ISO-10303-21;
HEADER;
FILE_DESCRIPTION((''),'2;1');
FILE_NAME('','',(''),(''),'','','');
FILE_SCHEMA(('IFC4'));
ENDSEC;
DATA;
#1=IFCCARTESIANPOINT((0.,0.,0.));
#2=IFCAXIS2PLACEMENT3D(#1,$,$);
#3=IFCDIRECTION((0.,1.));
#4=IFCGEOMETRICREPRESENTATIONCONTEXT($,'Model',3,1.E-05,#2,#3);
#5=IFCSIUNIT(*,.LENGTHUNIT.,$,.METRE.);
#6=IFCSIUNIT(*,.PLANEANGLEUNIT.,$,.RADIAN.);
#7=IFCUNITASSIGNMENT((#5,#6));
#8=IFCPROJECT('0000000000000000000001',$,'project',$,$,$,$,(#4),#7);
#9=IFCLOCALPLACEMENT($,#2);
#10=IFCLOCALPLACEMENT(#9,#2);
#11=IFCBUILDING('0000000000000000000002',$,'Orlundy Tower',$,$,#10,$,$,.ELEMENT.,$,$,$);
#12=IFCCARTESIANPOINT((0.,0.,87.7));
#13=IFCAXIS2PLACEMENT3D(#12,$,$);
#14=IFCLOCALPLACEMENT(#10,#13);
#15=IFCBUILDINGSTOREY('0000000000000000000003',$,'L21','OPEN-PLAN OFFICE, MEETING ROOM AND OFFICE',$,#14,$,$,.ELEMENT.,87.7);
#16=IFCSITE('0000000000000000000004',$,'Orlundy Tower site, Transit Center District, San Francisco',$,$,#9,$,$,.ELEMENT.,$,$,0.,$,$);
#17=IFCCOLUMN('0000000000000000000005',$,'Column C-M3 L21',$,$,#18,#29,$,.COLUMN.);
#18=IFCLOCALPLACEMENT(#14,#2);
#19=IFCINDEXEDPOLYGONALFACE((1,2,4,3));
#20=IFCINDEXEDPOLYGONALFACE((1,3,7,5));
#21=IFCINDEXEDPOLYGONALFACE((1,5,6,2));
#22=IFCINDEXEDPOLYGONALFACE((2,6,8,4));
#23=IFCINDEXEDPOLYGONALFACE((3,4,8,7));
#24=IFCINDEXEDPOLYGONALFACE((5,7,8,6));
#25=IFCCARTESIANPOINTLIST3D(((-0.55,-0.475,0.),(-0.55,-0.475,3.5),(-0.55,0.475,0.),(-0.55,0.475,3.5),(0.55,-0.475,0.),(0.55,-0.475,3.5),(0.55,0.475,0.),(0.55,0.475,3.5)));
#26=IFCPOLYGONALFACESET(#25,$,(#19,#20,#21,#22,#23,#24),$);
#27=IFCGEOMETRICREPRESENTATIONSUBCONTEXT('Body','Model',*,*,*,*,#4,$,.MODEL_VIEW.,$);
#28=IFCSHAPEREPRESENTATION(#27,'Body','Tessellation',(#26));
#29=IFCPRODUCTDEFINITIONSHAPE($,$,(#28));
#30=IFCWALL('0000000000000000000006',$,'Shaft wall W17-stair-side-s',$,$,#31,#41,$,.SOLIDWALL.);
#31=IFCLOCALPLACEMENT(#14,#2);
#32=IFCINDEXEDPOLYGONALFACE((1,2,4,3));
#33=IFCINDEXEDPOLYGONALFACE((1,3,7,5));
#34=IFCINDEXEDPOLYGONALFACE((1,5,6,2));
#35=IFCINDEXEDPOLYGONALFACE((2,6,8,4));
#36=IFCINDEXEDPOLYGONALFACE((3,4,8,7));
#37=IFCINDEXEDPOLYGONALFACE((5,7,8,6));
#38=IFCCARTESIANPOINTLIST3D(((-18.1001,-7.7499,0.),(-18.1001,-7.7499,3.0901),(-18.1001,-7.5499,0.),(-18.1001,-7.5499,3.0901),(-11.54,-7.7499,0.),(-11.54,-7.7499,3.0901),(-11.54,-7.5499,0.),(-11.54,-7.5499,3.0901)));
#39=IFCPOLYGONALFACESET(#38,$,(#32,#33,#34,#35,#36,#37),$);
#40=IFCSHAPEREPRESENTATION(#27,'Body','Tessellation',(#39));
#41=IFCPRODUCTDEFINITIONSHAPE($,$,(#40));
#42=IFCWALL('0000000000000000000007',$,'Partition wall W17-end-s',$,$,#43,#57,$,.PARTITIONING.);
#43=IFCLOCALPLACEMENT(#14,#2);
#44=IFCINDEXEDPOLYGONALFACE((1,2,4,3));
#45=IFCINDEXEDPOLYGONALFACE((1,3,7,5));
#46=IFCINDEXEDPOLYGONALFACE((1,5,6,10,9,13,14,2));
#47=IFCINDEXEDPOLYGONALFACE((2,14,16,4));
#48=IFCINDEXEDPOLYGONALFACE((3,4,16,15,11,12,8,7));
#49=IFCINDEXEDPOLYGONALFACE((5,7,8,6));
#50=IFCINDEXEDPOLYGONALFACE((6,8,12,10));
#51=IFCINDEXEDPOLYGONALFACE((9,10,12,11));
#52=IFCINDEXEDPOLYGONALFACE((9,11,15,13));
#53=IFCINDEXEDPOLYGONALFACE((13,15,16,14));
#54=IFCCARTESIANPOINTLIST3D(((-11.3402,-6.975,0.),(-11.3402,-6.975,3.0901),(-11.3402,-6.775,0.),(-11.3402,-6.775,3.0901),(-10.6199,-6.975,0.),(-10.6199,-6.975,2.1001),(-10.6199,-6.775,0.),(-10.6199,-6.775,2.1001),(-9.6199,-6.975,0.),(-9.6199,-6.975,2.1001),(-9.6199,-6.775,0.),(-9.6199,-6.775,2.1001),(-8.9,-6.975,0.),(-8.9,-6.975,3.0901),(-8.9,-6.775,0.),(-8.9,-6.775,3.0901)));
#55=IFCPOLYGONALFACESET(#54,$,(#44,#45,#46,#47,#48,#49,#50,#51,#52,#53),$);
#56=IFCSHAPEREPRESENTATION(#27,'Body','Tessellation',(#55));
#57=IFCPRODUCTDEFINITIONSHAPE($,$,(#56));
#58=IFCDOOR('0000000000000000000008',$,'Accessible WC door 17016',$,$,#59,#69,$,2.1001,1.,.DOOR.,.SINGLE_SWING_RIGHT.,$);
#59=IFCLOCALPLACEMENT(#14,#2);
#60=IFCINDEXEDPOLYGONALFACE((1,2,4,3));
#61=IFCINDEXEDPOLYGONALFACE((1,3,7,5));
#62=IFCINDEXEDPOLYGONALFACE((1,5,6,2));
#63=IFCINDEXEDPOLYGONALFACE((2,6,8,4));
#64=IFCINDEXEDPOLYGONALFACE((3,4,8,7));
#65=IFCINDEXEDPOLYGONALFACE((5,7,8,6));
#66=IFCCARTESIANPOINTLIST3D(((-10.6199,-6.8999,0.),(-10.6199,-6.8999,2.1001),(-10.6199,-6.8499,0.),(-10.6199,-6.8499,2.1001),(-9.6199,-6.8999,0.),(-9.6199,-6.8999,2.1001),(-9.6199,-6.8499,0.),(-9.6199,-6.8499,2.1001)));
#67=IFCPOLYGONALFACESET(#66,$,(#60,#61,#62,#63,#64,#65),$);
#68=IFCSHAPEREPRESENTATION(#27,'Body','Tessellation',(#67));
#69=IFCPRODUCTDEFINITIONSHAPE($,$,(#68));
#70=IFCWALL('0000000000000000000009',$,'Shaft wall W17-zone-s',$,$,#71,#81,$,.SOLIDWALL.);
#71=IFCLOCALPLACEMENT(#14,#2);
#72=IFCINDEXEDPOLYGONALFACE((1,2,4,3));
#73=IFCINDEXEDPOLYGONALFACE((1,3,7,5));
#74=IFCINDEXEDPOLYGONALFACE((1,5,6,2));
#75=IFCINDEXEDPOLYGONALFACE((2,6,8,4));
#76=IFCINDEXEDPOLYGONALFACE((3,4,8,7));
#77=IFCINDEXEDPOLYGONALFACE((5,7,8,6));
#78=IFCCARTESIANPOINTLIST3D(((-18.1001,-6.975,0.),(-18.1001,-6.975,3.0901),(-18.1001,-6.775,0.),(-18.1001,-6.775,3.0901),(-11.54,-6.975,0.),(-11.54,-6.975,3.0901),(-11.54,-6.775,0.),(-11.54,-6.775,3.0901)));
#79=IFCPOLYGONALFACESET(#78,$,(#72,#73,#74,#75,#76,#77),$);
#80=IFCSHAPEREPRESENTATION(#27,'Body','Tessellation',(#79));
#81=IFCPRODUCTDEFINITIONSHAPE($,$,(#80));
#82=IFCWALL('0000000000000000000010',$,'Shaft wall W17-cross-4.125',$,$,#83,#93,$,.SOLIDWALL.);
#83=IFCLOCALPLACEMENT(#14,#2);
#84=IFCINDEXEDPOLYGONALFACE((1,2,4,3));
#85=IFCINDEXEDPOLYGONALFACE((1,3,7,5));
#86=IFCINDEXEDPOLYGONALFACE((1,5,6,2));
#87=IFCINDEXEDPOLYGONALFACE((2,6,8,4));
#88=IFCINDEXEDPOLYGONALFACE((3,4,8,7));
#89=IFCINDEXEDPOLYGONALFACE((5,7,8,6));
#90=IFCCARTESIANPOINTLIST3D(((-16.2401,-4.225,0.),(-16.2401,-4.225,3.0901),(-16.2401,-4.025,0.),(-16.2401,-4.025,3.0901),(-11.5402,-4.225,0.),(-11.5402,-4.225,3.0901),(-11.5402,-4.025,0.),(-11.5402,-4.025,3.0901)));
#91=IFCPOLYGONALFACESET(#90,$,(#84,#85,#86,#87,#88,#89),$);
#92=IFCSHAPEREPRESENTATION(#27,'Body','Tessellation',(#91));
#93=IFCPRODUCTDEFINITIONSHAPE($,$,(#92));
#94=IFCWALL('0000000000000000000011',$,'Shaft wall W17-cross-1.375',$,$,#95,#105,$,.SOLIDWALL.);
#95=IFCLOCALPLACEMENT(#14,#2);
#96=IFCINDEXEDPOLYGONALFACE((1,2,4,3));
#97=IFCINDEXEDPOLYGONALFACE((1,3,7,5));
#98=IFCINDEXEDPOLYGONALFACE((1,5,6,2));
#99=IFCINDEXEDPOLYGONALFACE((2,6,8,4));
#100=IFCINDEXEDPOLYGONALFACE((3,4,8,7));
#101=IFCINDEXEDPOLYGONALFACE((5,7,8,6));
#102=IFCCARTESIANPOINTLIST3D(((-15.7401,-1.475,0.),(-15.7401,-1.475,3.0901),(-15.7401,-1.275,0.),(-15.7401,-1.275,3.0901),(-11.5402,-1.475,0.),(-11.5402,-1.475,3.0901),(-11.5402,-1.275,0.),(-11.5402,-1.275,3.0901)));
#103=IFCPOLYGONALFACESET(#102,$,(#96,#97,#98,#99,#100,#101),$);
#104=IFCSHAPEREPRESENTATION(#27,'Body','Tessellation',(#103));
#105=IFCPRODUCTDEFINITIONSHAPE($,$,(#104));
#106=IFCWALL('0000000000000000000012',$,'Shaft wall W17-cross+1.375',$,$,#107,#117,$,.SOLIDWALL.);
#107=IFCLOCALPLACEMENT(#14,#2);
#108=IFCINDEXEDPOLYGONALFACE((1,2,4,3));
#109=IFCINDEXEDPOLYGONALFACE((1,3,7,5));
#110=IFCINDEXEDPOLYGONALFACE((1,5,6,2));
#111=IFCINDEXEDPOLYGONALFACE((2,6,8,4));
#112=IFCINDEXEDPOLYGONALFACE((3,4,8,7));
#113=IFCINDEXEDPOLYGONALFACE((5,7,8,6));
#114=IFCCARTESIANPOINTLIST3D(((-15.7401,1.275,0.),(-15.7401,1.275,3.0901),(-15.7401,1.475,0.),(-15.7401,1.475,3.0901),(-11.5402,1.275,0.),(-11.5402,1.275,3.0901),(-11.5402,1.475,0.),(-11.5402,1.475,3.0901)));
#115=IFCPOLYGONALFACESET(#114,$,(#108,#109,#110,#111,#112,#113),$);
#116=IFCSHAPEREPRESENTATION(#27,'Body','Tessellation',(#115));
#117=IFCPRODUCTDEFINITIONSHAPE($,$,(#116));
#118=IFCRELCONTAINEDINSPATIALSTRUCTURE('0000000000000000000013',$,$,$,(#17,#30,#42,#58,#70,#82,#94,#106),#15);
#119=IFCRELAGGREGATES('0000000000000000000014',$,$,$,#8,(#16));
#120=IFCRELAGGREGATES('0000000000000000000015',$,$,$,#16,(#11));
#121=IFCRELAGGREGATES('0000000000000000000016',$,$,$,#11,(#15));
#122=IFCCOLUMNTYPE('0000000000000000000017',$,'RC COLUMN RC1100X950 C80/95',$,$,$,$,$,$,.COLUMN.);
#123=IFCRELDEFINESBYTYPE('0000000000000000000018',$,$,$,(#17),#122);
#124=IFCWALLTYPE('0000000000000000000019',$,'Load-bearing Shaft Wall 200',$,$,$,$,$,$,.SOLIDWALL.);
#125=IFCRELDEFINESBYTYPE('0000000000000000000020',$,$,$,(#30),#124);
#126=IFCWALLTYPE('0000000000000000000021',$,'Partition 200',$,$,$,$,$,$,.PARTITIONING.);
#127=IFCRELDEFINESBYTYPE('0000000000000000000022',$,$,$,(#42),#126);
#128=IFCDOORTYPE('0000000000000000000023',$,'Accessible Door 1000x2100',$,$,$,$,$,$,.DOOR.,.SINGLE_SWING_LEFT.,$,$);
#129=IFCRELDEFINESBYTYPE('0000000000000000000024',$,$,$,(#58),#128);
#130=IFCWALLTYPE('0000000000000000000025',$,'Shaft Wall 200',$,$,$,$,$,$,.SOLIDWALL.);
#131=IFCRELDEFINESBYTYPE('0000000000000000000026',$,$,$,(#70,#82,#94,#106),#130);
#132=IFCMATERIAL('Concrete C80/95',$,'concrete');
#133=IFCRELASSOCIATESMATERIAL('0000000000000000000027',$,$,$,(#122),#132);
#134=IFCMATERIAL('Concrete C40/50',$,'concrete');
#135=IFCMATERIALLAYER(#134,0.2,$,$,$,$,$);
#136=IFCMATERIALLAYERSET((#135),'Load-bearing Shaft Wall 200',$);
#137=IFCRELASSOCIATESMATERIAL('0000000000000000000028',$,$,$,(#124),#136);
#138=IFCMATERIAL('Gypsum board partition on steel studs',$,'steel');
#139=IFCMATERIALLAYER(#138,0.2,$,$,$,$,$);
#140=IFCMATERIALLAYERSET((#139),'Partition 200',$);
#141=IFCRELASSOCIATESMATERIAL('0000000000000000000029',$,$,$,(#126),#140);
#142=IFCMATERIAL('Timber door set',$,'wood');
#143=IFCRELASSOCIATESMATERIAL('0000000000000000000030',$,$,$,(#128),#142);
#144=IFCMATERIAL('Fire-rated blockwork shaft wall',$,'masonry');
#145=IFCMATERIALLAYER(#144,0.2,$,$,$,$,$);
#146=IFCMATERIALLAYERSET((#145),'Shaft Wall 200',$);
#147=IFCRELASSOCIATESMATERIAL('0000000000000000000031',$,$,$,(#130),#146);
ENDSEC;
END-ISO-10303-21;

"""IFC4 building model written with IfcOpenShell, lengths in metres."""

from ifc_helpers import new_model, si_unit, direction, frame, frame_2d, origin, origin_with_axes, origin_2d, place, context, subcontext, project, spatial, rectangle, extrude, material, layer, layer_set, material_profile, profile_set, type_object, element, fill, save


model = new_model("IFC4")

# Units and contexts
model_context = context("Model", 3, precision=1e-05, world=origin(), true_north=direction((0.0, 1.0)))
body_context = subcontext(model_context, "Body", "Model", "MODEL_VIEW")
ifc_project = project(units=[si_unit("LENGTHUNIT", "METRE"), si_unit("PLANEANGLEUNIT", "RADIAN")], contexts=[model_context])

# Site, building, storey
site_placement = place(None, origin())
site = spatial("IfcSite", under=ifc_project, at=site_placement, Name="Orlundy Tower site, Transit Center District, San Francisco", CompositionType="ELEMENT", RefElevation=0.0)
building_placement = place(site_placement, origin())
building = spatial("IfcBuilding", under=site, at=building_placement, Name="Orlundy Tower", CompositionType="ELEMENT")
storey_placement = place(building_placement, frame((0.0, 0.0, 87.7)))
storey = spatial("IfcBuildingStorey", under=building, at=storey_placement, Name="L21", Description="OPEN-PLAN OFFICE, MEETING ROOM AND OFFICE", CompositionType="ELEMENT", Elevation=87.7)

# Column
ifc_material_1 = material(Name="Concrete C80/95", Category="concrete")
ifc_material_profile = material_profile(ifc_material_1, rectangle(XDim=1.1001, YDim=0.95, at=origin_2d()), Name="RC1100X950")
ifc_profile_set = profile_set([ifc_material_profile], Name="Concrete C80/95")
column_type = type_object("IfcColumnType", Name="RC COLUMN RC1100X950 C80/95", PredefinedType="COLUMN", material=ifc_profile_set)
column_placement = place(storey_placement, origin_with_axes())
element("IfcColumn", 1, at=column_placement, inside=storey, type_object=column_type, Name="Column C-M3 L21", PredefinedType="COLUMN", context=body_context, shape_type="SweptSolid", body=[
    extrude(rectangle(XDim=1.1001, YDim=0.95, at=origin_2d()), origin(), (0.0, 0.0, 1.0), 3.5),
])

# Wall
ifc_material_2 = material(Name="Concrete C40/50", Category="concrete")
ifc_layer_1 = layer(ifc_material_2, 0.2)
ifc_layer_set_1 = layer_set([ifc_layer_1], Name="Load-bearing Shaft Wall 200")
wall_type_1 = type_object("IfcWallType", Name="Load-bearing Shaft Wall 200", PredefinedType="SOLIDWALL", material=ifc_layer_set_1)
wall_1_placement = place(storey_placement, frame((-11.54, -7.6499, 0.0), z_axis=(0.0, 0.0, 1.0), x_axis=(-1.0, 0.0, 0.0)))
element("IfcWall", 2, at=wall_1_placement, inside=storey, type_object=wall_type_1, Name="Shaft wall W17-stair-side-s", PredefinedType="SOLIDWALL", context=body_context, shape_type="SweptSolid", body=[
    extrude(rectangle(XDim=6.5601, YDim=0.2, at=frame_2d((3.28, 0.0))), origin(), (0.0, 0.0, 1.0), 3.0901),
])

# Wall, opening, door
ifc_material_3 = material(Name="Gypsum board partition on steel studs", Category="steel")
ifc_layer_2 = layer(ifc_material_3, 0.2)
ifc_layer_set_2 = layer_set([ifc_layer_2], Name="Partition 200")
wall_type_2 = type_object("IfcWallType", Name="Partition 200", PredefinedType="PARTITIONING", material=ifc_layer_set_2)
wall_2_placement = place(storey_placement, frame((-8.8999, -6.875, 0.0), z_axis=(0.0, 0.0, 1.0), x_axis=(-1.0, 0.0, 0.0)))
wall_2 = element("IfcWall", 3, at=wall_2_placement, inside=storey, type_object=wall_type_2, Name="Partition wall W17-end-s", PredefinedType="PARTITIONING", context=body_context, shape_type="SweptSolid", body=[
    extrude(rectangle(XDim=2.4402, YDim=0.2, at=frame_2d((1.2202, 0.0))), origin(), (0.0, 0.0, 1.0), 3.0901),
])
opening_1_placement = place(wall_2_placement, frame((0.72, 0.0, 0.0)))
opening_1 = element("IfcOpeningElement", 4, at=opening_1_placement, cuts=wall_2, PredefinedType="OPENING", context=body_context, shape_type="SweptSolid", body=[
    extrude(rectangle(XDim=1.0, YDim=2.1001, at=frame_2d((0.5, 1.05))), frame((0.0, 0.1101, 0.0), z_axis=(0.0, -1.0, 0.0), x_axis=(1.0, 0.0, 0.0)), (0.0, 0.0, 1.0), 0.2202),
])
ifc_material_4 = material(Name="Timber door set", Category="wood")
door_type_1 = type_object("IfcDoorType", Name="Accessible Door 1000x2100", OperationType="SINGLE_SWING_LEFT", PredefinedType="DOOR", material=ifc_material_4)
door_1_placement = place(opening_1_placement, origin())
door_1 = element("IfcDoor", 5, at=door_1_placement, inside=storey, type_object=door_type_1, Name="Accessible WC door 17016", OperationType="SINGLE_SWING_RIGHT", OverallHeight=2.1001, OverallWidth=1.0, PredefinedType="DOOR", context=body_context, shape_type="SweptSolid", body=[
    extrude(rectangle(XDim=1.0, YDim=2.1001, at=frame_2d((0.5, 1.05))), frame((0.0, 0.0249, 0.0), z_axis=(0.0, -1.0, 0.0), x_axis=(1.0, 0.0, 0.0)), (0.0, 0.0, 1.0), 0.05),
])
fill(opening_1, door_1)

# Walls
ifc_material_5 = material(Name="Fire-rated blockwork shaft wall", Category="masonry")
ifc_layer_3 = layer(ifc_material_5, 0.2)
ifc_layer_set_3 = layer_set([ifc_layer_3], Name="Shaft Wall 200")
wall_type_3 = type_object("IfcWallType", Name="Shaft Wall 200", PredefinedType="SOLIDWALL", material=ifc_layer_set_3)
wall_3_placement = place(storey_placement, frame((-11.54, -6.875, 0.0), z_axis=(0.0, 0.0, 1.0), x_axis=(-1.0, 0.0, 0.0)))
element("IfcWall", 6, at=wall_3_placement, inside=storey, type_object=wall_type_3, Name="Shaft wall W17-zone-s", PredefinedType="SOLIDWALL", context=body_context, shape_type="SweptSolid", body=[
    extrude(rectangle(XDim=6.5601, YDim=0.2, at=frame_2d((3.28, 0.0))), origin(), (0.0, 0.0, 1.0), 3.0901),
])
wall_4_placement = place(storey_placement, frame((-11.54, -4.125, 0.0), z_axis=(0.0, 0.0, 1.0), x_axis=(-1.0, 0.0, 0.0)))
element("IfcWall", 7, at=wall_4_placement, inside=storey, type_object=wall_type_3, Name="Shaft wall W17-cross-4.125", PredefinedType="SOLIDWALL", context=body_context, shape_type="SweptSolid", body=[
    extrude(rectangle(XDim=4.7, YDim=0.2, at=frame_2d((2.3501, 0.0))), origin(), (0.0, 0.0, 1.0), 3.0901),
])
for number, where, z_axis, x_axis, name in (
    (8, (-11.54, -1.375, 0.0), (0.0, 0.0, 1.0), (-1.0, 0.0, 0.0), "Shaft wall W17-cross-1.375"),
    (9, (-11.54, 1.375, 0.0), (0.0, 0.0, 1.0), (-1.0, 0.0, 0.0), "Shaft wall W17-cross+1.375"),
):
    element("IfcWall", number, at=place(storey_placement, frame(where, z_axis=z_axis, x_axis=x_axis)), inside=storey, type_object=wall_type_3, Name=name, PredefinedType="SOLIDWALL", context=body_context, shape_type="SweptSolid", body=[
        extrude(rectangle(XDim=4.2, YDim=0.2, at=frame_2d((2.1001, 0.0))), origin(), (0.0, 0.0, 1.0), 3.0901),
    ])

save(model, "model.ifc")
